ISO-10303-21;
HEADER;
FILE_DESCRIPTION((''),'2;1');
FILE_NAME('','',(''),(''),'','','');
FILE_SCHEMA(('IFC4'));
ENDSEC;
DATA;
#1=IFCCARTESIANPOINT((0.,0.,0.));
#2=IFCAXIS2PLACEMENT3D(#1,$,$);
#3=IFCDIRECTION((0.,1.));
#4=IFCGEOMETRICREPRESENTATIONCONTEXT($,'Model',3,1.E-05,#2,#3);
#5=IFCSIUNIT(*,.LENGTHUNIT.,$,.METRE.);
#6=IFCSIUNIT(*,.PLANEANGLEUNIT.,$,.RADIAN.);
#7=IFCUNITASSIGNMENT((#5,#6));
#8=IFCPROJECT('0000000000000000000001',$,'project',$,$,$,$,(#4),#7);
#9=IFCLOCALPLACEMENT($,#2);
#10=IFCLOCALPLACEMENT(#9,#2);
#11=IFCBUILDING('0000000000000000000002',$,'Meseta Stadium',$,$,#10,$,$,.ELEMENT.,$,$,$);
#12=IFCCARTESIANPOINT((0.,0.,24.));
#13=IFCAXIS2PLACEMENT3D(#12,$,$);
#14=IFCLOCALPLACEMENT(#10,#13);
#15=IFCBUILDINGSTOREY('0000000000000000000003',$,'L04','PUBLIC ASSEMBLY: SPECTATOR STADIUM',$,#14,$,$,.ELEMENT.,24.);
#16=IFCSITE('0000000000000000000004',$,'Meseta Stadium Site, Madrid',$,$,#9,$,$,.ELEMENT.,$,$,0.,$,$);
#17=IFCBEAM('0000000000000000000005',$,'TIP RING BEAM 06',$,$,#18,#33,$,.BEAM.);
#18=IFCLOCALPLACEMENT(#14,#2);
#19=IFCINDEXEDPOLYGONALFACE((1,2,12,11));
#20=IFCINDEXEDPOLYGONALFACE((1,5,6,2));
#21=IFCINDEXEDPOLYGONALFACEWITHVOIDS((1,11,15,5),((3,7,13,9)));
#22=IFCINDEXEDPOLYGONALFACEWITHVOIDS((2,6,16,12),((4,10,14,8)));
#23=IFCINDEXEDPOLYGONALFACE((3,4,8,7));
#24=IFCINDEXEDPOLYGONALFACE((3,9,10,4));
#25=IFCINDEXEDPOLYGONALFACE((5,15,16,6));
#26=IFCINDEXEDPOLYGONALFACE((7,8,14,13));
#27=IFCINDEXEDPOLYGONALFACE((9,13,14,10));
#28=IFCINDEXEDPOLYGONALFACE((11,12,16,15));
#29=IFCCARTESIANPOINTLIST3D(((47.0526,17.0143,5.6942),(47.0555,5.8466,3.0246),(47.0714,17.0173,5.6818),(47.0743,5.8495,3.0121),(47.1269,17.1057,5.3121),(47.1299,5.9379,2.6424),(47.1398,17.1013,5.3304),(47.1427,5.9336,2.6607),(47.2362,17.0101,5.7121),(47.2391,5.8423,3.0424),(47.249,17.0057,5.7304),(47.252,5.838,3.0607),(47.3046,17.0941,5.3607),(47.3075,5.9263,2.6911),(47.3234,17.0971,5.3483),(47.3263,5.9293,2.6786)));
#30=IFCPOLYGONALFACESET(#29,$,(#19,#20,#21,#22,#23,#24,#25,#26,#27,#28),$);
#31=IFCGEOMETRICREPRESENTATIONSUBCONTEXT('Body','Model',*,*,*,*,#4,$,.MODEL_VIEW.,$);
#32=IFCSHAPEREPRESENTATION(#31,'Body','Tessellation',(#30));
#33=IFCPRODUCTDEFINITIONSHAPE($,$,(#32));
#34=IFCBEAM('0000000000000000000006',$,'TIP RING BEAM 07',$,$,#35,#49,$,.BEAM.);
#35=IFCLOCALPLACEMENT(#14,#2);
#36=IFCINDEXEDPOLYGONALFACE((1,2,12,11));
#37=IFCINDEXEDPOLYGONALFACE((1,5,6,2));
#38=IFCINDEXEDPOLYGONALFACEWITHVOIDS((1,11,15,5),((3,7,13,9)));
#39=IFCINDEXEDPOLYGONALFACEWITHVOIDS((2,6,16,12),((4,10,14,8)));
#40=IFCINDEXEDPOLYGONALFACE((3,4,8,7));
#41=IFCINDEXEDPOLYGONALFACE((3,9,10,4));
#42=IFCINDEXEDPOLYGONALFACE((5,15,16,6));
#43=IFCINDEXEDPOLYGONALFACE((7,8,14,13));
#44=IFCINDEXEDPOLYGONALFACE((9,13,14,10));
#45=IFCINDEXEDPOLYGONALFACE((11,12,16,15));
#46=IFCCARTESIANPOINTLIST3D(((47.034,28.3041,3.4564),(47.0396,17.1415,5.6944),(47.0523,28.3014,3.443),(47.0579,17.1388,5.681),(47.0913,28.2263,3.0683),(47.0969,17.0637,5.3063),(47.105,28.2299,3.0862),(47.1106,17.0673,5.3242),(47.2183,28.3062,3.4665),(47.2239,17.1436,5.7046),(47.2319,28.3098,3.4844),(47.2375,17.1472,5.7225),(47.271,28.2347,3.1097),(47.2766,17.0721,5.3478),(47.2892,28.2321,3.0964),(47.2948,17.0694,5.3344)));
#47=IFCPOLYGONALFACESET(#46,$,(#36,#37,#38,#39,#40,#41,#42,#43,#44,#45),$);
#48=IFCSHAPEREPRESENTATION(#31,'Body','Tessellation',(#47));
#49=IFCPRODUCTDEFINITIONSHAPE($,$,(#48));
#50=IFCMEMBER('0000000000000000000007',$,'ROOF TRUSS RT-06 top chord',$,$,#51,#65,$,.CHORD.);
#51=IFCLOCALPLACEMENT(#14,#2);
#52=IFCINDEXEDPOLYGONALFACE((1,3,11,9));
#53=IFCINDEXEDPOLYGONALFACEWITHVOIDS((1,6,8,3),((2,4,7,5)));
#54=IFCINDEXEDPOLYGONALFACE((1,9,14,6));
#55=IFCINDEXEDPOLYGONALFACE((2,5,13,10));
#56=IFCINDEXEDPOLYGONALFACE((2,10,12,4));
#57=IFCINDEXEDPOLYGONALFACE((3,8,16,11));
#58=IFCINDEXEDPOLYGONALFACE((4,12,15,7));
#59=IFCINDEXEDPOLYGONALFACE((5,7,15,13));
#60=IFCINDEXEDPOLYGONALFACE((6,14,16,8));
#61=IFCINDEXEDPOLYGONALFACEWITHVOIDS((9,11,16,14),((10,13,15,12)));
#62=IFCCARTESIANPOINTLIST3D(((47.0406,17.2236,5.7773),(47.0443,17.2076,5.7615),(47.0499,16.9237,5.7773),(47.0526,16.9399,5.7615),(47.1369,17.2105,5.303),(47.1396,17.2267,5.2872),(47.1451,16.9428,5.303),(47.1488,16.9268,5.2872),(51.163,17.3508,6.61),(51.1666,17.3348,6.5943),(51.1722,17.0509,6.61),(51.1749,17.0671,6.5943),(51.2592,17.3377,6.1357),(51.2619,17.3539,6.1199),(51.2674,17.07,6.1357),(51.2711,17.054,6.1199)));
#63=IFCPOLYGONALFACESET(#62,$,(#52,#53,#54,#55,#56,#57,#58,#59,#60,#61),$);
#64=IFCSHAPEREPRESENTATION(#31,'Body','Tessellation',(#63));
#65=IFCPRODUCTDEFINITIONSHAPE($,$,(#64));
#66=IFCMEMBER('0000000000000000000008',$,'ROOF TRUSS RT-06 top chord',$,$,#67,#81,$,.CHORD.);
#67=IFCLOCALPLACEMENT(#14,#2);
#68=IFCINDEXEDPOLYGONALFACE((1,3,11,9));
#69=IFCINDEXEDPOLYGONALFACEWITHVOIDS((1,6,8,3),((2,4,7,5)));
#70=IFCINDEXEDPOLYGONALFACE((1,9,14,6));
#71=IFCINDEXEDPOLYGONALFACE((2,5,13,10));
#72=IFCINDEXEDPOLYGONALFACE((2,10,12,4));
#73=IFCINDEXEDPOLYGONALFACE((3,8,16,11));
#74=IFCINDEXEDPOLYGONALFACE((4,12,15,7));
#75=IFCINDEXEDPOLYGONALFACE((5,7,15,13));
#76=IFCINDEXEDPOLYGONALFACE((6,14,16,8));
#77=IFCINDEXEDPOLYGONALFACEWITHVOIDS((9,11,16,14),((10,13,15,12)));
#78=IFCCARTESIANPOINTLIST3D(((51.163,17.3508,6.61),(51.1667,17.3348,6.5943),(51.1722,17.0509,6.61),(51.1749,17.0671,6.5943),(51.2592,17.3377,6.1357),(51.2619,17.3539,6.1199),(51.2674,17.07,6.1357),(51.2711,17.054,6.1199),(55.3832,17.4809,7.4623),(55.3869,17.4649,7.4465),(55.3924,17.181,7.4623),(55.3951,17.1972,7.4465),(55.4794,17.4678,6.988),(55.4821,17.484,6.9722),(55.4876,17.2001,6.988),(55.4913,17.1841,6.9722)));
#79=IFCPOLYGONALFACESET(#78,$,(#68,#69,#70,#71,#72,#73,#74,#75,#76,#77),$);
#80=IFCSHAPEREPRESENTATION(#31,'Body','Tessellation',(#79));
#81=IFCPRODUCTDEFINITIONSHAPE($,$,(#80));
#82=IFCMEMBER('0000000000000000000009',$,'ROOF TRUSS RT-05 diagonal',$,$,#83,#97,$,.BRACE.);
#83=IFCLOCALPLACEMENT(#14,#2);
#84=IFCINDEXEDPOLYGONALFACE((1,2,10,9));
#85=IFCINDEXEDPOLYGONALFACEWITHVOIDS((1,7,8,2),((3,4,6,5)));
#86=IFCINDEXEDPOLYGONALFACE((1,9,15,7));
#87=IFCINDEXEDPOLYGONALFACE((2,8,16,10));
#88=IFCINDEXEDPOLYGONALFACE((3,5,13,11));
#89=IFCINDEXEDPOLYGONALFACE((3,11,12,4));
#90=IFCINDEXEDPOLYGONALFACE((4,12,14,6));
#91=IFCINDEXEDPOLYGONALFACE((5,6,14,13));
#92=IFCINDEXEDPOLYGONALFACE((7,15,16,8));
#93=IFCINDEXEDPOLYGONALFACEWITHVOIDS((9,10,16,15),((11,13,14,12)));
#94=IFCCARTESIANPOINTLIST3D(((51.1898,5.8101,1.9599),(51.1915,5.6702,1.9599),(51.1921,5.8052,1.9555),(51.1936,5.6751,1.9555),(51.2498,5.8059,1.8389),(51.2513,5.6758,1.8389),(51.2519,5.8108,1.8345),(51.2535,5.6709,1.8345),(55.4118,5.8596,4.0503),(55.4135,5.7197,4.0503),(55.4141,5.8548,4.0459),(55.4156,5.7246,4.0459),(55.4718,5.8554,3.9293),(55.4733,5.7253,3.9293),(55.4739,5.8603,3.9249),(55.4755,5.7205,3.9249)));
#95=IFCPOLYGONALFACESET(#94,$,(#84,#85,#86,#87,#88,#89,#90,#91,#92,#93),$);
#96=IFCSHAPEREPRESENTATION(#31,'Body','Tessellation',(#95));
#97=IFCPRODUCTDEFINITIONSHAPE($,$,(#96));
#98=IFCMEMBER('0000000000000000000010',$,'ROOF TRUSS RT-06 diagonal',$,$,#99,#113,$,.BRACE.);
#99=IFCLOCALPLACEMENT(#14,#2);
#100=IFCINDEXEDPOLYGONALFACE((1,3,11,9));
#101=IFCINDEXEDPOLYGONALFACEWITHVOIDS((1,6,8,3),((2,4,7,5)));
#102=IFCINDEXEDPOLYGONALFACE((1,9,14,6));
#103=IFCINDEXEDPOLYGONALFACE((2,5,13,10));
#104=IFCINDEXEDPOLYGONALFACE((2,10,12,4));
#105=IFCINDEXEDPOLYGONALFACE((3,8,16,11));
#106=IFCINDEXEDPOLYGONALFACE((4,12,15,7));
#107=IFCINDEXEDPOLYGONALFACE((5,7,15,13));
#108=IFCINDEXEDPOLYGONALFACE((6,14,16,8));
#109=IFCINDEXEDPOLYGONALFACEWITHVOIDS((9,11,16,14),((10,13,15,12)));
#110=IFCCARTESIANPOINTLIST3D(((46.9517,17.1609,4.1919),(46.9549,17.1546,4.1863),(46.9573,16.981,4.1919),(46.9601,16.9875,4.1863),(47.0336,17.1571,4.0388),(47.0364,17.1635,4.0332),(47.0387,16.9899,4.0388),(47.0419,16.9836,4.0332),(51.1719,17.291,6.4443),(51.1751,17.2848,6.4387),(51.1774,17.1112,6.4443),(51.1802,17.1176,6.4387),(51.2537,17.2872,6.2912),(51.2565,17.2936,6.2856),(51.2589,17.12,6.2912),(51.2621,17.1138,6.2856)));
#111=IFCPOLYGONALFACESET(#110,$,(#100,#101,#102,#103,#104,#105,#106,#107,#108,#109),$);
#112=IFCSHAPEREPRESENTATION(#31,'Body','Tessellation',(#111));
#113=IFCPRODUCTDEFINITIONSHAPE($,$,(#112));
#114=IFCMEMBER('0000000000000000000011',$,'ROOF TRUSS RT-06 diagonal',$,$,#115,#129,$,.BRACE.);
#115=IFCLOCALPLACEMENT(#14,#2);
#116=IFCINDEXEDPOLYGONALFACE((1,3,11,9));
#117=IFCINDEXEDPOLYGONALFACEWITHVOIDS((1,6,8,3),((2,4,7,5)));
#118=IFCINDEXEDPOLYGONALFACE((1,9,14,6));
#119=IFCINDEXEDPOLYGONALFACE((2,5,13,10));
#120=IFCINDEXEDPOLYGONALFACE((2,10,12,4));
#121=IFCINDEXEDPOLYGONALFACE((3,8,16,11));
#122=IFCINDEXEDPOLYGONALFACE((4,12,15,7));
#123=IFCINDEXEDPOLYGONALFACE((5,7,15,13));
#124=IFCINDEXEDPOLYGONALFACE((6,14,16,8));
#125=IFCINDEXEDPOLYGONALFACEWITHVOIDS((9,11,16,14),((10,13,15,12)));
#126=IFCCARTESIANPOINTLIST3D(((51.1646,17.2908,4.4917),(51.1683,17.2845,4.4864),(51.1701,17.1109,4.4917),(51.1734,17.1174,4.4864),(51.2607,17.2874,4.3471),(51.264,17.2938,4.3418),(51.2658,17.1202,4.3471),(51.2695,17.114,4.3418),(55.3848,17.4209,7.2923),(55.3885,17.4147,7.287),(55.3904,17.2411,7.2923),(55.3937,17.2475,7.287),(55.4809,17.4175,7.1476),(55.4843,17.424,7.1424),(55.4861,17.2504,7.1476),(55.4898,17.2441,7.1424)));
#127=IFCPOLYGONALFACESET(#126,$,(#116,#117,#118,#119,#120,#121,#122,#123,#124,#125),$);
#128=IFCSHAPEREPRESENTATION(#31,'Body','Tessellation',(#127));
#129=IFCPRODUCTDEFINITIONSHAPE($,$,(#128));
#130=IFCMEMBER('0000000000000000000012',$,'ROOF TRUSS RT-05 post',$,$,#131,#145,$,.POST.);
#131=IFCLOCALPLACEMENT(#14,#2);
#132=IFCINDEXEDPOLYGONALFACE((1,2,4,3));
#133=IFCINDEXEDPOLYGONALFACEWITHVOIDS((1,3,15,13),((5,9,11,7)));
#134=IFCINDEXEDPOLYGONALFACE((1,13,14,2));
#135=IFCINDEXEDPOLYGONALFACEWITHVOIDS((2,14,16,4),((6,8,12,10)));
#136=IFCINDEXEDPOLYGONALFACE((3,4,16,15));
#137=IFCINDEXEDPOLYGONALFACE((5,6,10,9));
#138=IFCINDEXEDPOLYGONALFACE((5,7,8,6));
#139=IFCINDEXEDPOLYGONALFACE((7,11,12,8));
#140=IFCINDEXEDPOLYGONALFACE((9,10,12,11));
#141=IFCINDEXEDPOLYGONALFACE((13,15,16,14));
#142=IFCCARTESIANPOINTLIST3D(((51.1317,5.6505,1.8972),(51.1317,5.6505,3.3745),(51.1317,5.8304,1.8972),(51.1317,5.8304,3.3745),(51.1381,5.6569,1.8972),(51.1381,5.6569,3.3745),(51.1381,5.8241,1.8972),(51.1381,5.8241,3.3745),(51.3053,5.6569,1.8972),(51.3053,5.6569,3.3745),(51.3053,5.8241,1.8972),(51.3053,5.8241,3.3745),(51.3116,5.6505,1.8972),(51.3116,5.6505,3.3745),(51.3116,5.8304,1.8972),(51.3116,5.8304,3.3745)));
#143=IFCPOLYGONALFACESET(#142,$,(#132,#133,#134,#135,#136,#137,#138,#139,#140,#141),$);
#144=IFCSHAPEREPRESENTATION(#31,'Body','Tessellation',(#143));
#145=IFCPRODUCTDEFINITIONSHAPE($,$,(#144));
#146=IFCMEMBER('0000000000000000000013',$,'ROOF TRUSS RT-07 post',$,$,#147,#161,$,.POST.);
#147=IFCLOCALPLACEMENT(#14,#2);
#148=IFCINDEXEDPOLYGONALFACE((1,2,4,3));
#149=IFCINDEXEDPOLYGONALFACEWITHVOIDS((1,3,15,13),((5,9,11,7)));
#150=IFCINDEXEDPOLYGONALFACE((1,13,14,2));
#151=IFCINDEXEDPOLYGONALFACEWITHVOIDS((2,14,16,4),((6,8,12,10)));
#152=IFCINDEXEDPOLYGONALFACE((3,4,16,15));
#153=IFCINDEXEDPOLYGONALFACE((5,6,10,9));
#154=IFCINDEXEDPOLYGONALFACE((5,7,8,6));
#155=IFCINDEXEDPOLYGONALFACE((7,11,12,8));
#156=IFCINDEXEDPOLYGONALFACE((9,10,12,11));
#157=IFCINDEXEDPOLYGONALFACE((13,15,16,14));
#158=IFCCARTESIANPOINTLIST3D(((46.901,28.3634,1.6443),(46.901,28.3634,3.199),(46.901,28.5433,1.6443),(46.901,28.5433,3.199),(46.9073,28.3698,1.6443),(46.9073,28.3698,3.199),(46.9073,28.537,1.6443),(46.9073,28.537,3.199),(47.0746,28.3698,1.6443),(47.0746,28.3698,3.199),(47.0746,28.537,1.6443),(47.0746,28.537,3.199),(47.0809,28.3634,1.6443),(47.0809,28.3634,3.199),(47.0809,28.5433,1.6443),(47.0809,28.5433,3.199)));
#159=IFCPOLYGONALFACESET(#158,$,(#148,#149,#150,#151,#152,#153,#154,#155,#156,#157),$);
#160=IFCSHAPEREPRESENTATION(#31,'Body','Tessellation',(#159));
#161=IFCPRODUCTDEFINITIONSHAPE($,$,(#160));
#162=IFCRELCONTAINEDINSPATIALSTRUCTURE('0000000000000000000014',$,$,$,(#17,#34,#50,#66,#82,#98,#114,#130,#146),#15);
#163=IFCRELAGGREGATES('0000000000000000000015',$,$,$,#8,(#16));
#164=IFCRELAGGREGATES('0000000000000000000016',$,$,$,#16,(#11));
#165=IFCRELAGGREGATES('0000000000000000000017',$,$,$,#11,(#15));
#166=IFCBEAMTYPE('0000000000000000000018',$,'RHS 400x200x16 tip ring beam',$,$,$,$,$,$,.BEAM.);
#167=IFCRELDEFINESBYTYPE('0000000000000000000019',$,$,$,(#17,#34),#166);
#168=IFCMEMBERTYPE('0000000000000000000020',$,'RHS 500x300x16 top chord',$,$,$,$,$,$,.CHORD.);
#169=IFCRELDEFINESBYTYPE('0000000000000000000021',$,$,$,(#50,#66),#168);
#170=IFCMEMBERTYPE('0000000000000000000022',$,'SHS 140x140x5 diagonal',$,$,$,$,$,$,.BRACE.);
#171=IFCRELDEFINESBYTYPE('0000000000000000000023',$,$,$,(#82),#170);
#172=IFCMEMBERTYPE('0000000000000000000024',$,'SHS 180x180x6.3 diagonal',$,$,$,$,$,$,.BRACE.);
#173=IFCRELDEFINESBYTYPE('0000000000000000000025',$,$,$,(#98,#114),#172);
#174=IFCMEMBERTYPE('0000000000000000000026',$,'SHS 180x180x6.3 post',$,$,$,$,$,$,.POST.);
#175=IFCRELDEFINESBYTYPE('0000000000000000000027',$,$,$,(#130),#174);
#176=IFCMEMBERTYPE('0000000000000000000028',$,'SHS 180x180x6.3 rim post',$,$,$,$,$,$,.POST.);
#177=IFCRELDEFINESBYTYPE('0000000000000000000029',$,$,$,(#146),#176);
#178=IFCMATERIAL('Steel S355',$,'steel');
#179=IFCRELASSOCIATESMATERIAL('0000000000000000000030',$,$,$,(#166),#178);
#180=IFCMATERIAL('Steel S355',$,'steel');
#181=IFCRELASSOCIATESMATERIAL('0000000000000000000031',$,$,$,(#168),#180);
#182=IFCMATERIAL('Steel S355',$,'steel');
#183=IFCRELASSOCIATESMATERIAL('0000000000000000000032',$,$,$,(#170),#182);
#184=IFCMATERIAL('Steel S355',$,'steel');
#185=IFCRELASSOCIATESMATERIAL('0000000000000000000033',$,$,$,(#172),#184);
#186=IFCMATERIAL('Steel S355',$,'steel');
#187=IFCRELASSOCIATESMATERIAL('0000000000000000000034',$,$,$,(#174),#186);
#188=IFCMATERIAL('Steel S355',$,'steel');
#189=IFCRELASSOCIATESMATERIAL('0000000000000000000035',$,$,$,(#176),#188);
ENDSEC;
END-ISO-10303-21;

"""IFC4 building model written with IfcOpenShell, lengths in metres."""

from ifc_helpers import new_model, si_unit, direction, frame, origin, origin_2d, place, context, subcontext, project, spatial, hollow_rectangle, extrude, material, material_profile, profile_set, type_object, element, save


model = new_model("IFC4")

# Units and contexts
model_context = context("Model", 3, precision=1e-05, world=origin(), true_north=direction((0.0, 1.0)))
body_context = subcontext(model_context, "Body", "Model", "MODEL_VIEW")
ifc_project = project(units=[si_unit("LENGTHUNIT", "METRE"), si_unit("PLANEANGLEUNIT", "RADIAN")], contexts=[model_context])

# Site, building, storey
site_placement = place(None, origin())
site = spatial("IfcSite", under=ifc_project, at=site_placement, Name="Meseta Stadium Site, Madrid", CompositionType="ELEMENT", RefElevation=0.0)
building_placement = place(site_placement, origin())
building = spatial("IfcBuilding", under=site, at=building_placement, Name="Meseta Stadium", CompositionType="ELEMENT")
storey_placement = place(building_placement, frame((0.0, 0.0, 24.0)))
storey = spatial("IfcBuildingStorey", under=building, at=storey_placement, Name="L04", Description="PUBLIC ASSEMBLY: SPECTATOR STADIUM", CompositionType="ELEMENT", Elevation=24.0)

# Beams
ifc_material_1 = material(Name="Steel S355", Category="steel")
ifc_material_profile_1 = material_profile(ifc_material_1, hollow_rectangle(XDim=0.2, YDim=0.3999, WallThickness=0.0161, at=origin_2d()), Name="RHS 400x200x16")
ifc_profile_set_1 = profile_set([ifc_material_profile_1], Name="Steel S355")
beam_type = type_object("IfcBeamType", Name="RHS 400x200x16 tip ring beam", PredefinedType="BEAM", material=ifc_profile_set_1)
beam_1_placement = place(storey_placement, frame((47.1909, 5.8879, 2.8516), z_axis=(-0.000255, 0.972596, 0.232502), x_axis=(-0.982555, 0.042996, -0.180936)))
element("IfcBeam", 1, at=beam_1_placement, inside=storey, type_object=beam_type, Name="TIP RING BEAM 06", PredefinedType="BEAM", context=body_context, shape_type="SweptSolid", body=[
    extrude(hollow_rectangle(XDim=0.2, YDim=0.3999, WallThickness=0.0161, at=origin_2d()), origin(), (0.0, 0.0, 1.0), 11.4824),
])
beam_2_placement = place(storey_placement, frame((47.1672, 17.1055, 5.5144), z_axis=(-0.000493, 0.980487, -0.196582), x_axis=(-0.989678, -0.028651, -0.140417)))
element("IfcBeam", 2, at=beam_2_placement, inside=storey, type_object=beam_type, Name="TIP RING BEAM 07", PredefinedType="BEAM", context=body_context, shape_type="SweptSolid", body=[
    extrude(hollow_rectangle(XDim=0.2, YDim=0.3999, WallThickness=0.0161, at=origin_2d()), origin(), (0.0, 0.0, 1.0), 11.3848),
])

# Members
ifc_material_2 = material(Name="Steel S355", Category="steel")
ifc_material_profile_2 = material_profile(ifc_material_2, hollow_rectangle(XDim=0.3, YDim=0.5, WallThickness=0.0161, at=origin_2d()), Name="RHS 500x300x16")
ifc_profile_set_2 = profile_set([ifc_material_profile_2], Name="Steel S355")
member_type_1 = type_object("IfcMemberType", Name="RHS 500x300x16 top chord", PredefinedType="CHORD", material=ifc_profile_set_2)
member_1_placement = place(storey_placement, frame((47.0947, 17.0752, 5.5322), z_axis=(0.979751, 0.030231, 0.197923), x_axis=(-0.030841, 0.999524, 0.0)))
element("IfcMember", 3, at=member_1_placement, inside=storey, type_object=member_type_1, Name="ROOF TRUSS RT-06 top chord", PredefinedType="CHORD", context=body_context, shape_type="SweptSolid", body=[
    extrude(hollow_rectangle(XDim=0.3, YDim=0.5, WallThickness=0.0161, at=origin_2d()), origin(), (0.0, 0.0, 1.0), 4.2075),
])
member_2_placement = place(storey_placement, frame((51.217, 17.2024, 6.365), z_axis=(0.979763, 0.03021, 0.197868), x_axis=(-0.03082, 0.999525, 0.0)))
element("IfcMember", 4, at=member_2_placement, inside=storey, type_object=member_type_1, Name="ROOF TRUSS RT-06 top chord", PredefinedType="CHORD", context=body_context, shape_type="SweptSolid", body=[
    extrude(hollow_rectangle(XDim=0.3, YDim=0.5, WallThickness=0.0161, at=origin_2d()), origin(), (0.0, 0.0, 1.0), 4.3074),
])
ifc_material_3 = material(Name="Steel S355", Category="steel")
ifc_material_profile_3 = material_profile(ifc_material_3, hollow_rectangle(XDim=0.1399, YDim=0.1399, WallThickness=0.0049, at=origin_2d()), Name="SHS 140x140x5")
ifc_profile_set_3 = profile_set([ifc_material_profile_3], Name="Steel S355")
member_type_2 = type_object("IfcMemberType", Name="SHS 140x140x5 diagonal", PredefinedType="BRACE", material=ifc_profile_set_3)
member_3_placement = place(storey_placement, frame((51.2217, 5.7405, 1.8972), z_axis=(0.896122, 0.010519, 0.443682), x_axis=(-0.011738, 0.999931, 0.0)))
element("IfcMember", 5, at=member_3_placement, inside=storey, type_object=member_type_2, Name="ROOF TRUSS RT-05 diagonal", PredefinedType="BRACE", context=body_context, shape_type="SweptSolid", body=[
    extrude(hollow_rectangle(XDim=0.1399, YDim=0.1399, WallThickness=0.0049, at=origin_2d()), origin(), (0.0, 0.0, 1.0), 4.7114),
])
ifc_material_4 = material(Name="Steel S355", Category="steel")
ifc_material_profile_4 = material_profile(ifc_material_4, hollow_rectangle(XDim=0.1799, YDim=0.1799, WallThickness=0.0063, at=origin_2d()), Name="SHS 180x180x6.3")
ifc_profile_set_4 = profile_set([ifc_material_profile_4], Name="Steel S355")
member_type_3 = type_object("IfcMemberType", Name="SHS 180x180x6.3 diagonal", PredefinedType="BRACE", material=ifc_profile_set_4)
member_4_placement = place(storey_placement, frame((46.9968, 17.0723, 4.1125), z_axis=(0.881883, 0.027192, 0.470684), x_axis=(-0.03082, 0.999525, 0.0)))
element("IfcMember", 6, at=member_4_placement, inside=storey, type_object=member_type_3, Name="ROOF TRUSS RT-06 diagonal", PredefinedType="BRACE", context=body_context, shape_type="SweptSolid", body=[
    extrude(hollow_rectangle(XDim=0.1799, YDim=0.1799, WallThickness=0.0063, at=origin_2d()), origin(), (0.0, 0.0, 1.0), 4.7854),
])
member_5_placement = place(storey_placement, frame((51.217, 17.2024, 4.4167), z_axis=(0.832953, 0.025683, 0.552748), x_axis=(-0.03082, 0.999525, 0.0)))
element("IfcMember", 7, at=member_5_placement, inside=storey, type_object=member_type_3, Name="ROOF TRUSS RT-06 diagonal", PredefinedType="BRACE", context=body_context, shape_type="SweptSolid", body=[
    extrude(hollow_rectangle(XDim=0.1799, YDim=0.1799, WallThickness=0.0063, at=origin_2d()), origin(), (0.0, 0.0, 1.0), 5.0667),
])
ifc_material_5 = material(Name="Steel S355", Category="steel")
ifc_material_profile_5 = material_profile(ifc_material_5, hollow_rectangle(XDim=0.1799, YDim=0.1799, WallThickness=0.0063, at=origin_2d()), Name="SHS 180x180x6.3")
ifc_profile_set_5 = profile_set([ifc_material_profile_5], Name="Steel S355")
member_type_4 = type_object("IfcMemberType", Name="SHS 180x180x6.3 post", PredefinedType="POST", material=ifc_profile_set_5)
member_6_placement = place(storey_placement, frame((51.2217, 5.7405, 1.8972), z_axis=(0.0, 0.0, 1.0), x_axis=(1.0, 0.0, 0.0)))
element("IfcMember", 8, at=member_6_placement, inside=storey, type_object=member_type_4, Name="ROOF TRUSS RT-05 post", PredefinedType="POST", context=body_context, shape_type="SweptSolid", body=[
    extrude(hollow_rectangle(XDim=0.1799, YDim=0.1799, WallThickness=0.0063, at=origin_2d()), origin(), (0.0, 0.0, 1.0), 1.4773),
])
ifc_material_6 = material(Name="Steel S355", Category="steel")
ifc_material_profile_6 = material_profile(ifc_material_6, hollow_rectangle(XDim=0.1799, YDim=0.1799, WallThickness=0.0063, at=origin_2d()), Name="SHS 180x180x6.3")
ifc_profile_set_6 = profile_set([ifc_material_profile_6], Name="Steel S355")
member_type_5 = type_object("IfcMemberType", Name="SHS 180x180x6.3 rim post", PredefinedType="POST", material=ifc_profile_set_6)
member_7_placement = place(storey_placement, frame((46.991, 28.4534, 1.6443), z_axis=(0.0, 0.0, 1.0), x_axis=(1.0, 0.0, 0.0)))
element("IfcMember", 9, at=member_7_placement, inside=storey, type_object=member_type_5, Name="ROOF TRUSS RT-07 post", PredefinedType="POST", context=body_context, shape_type="SweptSolid", body=[
    extrude(hollow_rectangle(XDim=0.1799, YDim=0.1799, WallThickness=0.0063, at=origin_2d()), origin(), (0.0, 0.0, 1.0), 1.5547),
])

save(model, "model.ifc")
